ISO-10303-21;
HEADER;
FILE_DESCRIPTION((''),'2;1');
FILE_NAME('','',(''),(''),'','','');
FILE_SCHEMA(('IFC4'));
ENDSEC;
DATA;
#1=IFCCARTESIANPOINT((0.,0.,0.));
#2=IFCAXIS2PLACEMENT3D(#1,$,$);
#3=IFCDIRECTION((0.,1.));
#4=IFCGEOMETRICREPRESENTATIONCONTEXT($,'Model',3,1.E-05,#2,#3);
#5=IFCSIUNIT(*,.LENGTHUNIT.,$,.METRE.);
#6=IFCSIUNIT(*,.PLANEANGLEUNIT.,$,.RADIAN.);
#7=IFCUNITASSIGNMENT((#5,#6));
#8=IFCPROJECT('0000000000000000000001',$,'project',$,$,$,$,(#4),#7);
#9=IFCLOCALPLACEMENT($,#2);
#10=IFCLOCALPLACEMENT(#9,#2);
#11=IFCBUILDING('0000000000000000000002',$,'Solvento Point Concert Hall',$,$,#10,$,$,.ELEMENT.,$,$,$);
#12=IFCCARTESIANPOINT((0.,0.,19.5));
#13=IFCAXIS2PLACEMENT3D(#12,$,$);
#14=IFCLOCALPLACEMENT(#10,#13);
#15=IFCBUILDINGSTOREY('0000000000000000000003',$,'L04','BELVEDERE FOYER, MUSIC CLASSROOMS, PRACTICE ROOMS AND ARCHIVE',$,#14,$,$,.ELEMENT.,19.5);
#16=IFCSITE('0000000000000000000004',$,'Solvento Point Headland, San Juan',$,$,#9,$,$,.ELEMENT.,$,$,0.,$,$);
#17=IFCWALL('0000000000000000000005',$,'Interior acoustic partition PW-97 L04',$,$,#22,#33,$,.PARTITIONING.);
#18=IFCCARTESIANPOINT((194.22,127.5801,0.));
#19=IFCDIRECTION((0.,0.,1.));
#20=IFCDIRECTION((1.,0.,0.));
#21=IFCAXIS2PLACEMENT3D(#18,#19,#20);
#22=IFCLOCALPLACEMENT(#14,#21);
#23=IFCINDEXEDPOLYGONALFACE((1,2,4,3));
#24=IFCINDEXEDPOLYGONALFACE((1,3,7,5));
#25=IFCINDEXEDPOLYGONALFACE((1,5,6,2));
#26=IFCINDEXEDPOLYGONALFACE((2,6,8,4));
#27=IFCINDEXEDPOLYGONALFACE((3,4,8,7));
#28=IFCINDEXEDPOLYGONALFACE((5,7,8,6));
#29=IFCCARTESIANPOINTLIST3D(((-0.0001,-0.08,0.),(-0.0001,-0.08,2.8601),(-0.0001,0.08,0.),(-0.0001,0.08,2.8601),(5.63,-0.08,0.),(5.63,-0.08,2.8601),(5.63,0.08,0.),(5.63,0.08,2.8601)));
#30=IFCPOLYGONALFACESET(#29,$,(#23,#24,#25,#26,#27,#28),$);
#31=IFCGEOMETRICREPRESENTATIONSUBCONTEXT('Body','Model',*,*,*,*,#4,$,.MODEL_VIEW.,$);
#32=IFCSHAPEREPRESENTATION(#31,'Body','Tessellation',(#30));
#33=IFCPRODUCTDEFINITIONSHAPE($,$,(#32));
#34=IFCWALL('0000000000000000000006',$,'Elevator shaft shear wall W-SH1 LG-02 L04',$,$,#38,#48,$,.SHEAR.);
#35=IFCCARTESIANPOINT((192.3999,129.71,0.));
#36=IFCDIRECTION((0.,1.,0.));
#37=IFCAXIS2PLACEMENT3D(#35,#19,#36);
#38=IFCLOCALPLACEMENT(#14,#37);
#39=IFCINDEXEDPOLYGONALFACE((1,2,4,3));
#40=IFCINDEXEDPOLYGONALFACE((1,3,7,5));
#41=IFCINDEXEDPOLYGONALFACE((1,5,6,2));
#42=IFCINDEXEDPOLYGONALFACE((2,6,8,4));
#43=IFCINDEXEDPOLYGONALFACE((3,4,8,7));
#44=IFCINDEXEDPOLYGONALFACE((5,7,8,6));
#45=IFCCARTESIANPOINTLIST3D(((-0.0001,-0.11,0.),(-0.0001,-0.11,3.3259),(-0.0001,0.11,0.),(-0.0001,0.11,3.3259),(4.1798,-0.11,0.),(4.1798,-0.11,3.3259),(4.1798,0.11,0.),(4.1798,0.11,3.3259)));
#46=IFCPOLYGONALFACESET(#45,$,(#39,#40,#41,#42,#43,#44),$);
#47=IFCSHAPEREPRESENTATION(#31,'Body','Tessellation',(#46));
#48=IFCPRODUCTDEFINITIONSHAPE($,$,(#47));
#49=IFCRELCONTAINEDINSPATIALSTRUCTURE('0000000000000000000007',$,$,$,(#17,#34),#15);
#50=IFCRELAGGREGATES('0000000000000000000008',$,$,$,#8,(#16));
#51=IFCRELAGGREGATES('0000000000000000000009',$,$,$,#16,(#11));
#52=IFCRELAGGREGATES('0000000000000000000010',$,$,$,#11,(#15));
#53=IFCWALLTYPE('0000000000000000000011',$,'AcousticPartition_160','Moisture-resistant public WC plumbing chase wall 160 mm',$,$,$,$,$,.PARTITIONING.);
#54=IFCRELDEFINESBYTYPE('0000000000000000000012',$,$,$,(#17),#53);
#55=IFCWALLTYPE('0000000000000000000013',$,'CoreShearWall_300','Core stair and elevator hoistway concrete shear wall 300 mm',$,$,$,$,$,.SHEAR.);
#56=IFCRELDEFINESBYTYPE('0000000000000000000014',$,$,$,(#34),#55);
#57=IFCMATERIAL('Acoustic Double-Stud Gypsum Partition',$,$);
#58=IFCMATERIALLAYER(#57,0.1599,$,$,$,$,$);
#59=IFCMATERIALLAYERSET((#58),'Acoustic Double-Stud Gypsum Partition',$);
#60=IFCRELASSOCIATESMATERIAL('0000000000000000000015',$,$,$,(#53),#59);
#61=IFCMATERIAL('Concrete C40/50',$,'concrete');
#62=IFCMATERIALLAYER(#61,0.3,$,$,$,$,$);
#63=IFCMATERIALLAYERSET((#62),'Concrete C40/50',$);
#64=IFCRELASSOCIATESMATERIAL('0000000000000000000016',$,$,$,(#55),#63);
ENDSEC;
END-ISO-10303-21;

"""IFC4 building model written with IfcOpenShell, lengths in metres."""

from ifc_helpers import new_model, si_unit, direction, frame, frame_2d, origin, place, context, subcontext, project, spatial, rectangle, extrude, material, layer, layer_set, type_object, element, save


model = new_model("IFC4")

# Units and contexts
model_context = context("Model", 3, precision=1e-05, world=origin(), true_north=direction((0.0, 1.0)))
body_context = subcontext(model_context, "Body", "Model", "MODEL_VIEW")
ifc_project = project(units=[si_unit("LENGTHUNIT", "METRE"), si_unit("PLANEANGLEUNIT", "RADIAN")], contexts=[model_context])

# Site, building, storey
site_placement = place(None, origin())
site = spatial("IfcSite", under=ifc_project, at=site_placement, Name="Solvento Point Headland, San Juan", CompositionType="ELEMENT", RefElevation=0.0)
building_placement = place(site_placement, origin())
building = spatial("IfcBuilding", under=site, at=building_placement, Name="Solvento Point Concert Hall", CompositionType="ELEMENT")
storey_placement = place(building_placement, frame((0.0, 0.0, 19.5)))
storey = spatial("IfcBuildingStorey", under=building, at=storey_placement, Name="L04", Description="BELVEDERE FOYER, MUSIC CLASSROOMS, PRACTICE ROOMS AND ARCHIVE", CompositionType="ELEMENT", Elevation=19.5)

# Wall
ifc_material_1 = material(Name="Acoustic Double-Stud Gypsum Partition")
ifc_layer_1 = layer(ifc_material_1, 0.1599)
ifc_layer_set_1 = layer_set([ifc_layer_1], Name="Acoustic Double-Stud Gypsum Partition")
wall_type_1 = type_object("IfcWallType", Name="AcousticPartition_160", Description="Moisture-resistant public WC plumbing chase wall 160 mm", PredefinedType="PARTITIONING", material=ifc_layer_set_1)
wall_1_placement = place(storey_placement, frame((194.22, 127.5801, 0.0), z_axis=(0.0, 0.0, 1.0), x_axis=(1.0, 0.0, 0.0)))
element("IfcWall", 1, at=wall_1_placement, inside=storey, type_object=wall_type_1, Name="Interior acoustic partition PW-97 L04", PredefinedType="PARTITIONING", context=body_context, shape_type="SweptSolid", body=[
    extrude(rectangle(XDim=5.6301, YDim=0.1599, at=frame_2d((2.8149, 0.0))), origin(), (0.0, 0.0, 1.0), 2.8601),
])

# Shared definitions
ifc_material_2 = material(Name="Concrete C40/50", Category="concrete")
ifc_layer_2 = layer(ifc_material_2, 0.3)
ifc_layer_set_2 = layer_set([ifc_layer_2], Name="Concrete C40/50")
wall_type_2 = type_object("IfcWallType", Name="CoreShearWall_300", Description="Core stair and elevator hoistway concrete shear wall 300 mm", PredefinedType="SHEAR", material=ifc_layer_set_2)

# Wall
wall_2_placement = place(storey_placement, frame((192.3999, 129.71, 0.0), z_axis=(0.0, 0.0, 1.0), x_axis=(0.0, 1.0, 0.0)))
element("IfcWall", 2, at=wall_2_placement, inside=storey, type_object=wall_type_2, Name="Elevator shaft shear wall W-SH1 LG-02 L04", PredefinedType="SHEAR", context=body_context, shape_type="SweptSolid", body=[
    extrude(rectangle(XDim=4.1799, YDim=0.22, at=frame_2d((2.0898, 0.0))), origin(), (0.0, 0.0, 1.0), 3.3259),
])

save(model, "model.ifc")
